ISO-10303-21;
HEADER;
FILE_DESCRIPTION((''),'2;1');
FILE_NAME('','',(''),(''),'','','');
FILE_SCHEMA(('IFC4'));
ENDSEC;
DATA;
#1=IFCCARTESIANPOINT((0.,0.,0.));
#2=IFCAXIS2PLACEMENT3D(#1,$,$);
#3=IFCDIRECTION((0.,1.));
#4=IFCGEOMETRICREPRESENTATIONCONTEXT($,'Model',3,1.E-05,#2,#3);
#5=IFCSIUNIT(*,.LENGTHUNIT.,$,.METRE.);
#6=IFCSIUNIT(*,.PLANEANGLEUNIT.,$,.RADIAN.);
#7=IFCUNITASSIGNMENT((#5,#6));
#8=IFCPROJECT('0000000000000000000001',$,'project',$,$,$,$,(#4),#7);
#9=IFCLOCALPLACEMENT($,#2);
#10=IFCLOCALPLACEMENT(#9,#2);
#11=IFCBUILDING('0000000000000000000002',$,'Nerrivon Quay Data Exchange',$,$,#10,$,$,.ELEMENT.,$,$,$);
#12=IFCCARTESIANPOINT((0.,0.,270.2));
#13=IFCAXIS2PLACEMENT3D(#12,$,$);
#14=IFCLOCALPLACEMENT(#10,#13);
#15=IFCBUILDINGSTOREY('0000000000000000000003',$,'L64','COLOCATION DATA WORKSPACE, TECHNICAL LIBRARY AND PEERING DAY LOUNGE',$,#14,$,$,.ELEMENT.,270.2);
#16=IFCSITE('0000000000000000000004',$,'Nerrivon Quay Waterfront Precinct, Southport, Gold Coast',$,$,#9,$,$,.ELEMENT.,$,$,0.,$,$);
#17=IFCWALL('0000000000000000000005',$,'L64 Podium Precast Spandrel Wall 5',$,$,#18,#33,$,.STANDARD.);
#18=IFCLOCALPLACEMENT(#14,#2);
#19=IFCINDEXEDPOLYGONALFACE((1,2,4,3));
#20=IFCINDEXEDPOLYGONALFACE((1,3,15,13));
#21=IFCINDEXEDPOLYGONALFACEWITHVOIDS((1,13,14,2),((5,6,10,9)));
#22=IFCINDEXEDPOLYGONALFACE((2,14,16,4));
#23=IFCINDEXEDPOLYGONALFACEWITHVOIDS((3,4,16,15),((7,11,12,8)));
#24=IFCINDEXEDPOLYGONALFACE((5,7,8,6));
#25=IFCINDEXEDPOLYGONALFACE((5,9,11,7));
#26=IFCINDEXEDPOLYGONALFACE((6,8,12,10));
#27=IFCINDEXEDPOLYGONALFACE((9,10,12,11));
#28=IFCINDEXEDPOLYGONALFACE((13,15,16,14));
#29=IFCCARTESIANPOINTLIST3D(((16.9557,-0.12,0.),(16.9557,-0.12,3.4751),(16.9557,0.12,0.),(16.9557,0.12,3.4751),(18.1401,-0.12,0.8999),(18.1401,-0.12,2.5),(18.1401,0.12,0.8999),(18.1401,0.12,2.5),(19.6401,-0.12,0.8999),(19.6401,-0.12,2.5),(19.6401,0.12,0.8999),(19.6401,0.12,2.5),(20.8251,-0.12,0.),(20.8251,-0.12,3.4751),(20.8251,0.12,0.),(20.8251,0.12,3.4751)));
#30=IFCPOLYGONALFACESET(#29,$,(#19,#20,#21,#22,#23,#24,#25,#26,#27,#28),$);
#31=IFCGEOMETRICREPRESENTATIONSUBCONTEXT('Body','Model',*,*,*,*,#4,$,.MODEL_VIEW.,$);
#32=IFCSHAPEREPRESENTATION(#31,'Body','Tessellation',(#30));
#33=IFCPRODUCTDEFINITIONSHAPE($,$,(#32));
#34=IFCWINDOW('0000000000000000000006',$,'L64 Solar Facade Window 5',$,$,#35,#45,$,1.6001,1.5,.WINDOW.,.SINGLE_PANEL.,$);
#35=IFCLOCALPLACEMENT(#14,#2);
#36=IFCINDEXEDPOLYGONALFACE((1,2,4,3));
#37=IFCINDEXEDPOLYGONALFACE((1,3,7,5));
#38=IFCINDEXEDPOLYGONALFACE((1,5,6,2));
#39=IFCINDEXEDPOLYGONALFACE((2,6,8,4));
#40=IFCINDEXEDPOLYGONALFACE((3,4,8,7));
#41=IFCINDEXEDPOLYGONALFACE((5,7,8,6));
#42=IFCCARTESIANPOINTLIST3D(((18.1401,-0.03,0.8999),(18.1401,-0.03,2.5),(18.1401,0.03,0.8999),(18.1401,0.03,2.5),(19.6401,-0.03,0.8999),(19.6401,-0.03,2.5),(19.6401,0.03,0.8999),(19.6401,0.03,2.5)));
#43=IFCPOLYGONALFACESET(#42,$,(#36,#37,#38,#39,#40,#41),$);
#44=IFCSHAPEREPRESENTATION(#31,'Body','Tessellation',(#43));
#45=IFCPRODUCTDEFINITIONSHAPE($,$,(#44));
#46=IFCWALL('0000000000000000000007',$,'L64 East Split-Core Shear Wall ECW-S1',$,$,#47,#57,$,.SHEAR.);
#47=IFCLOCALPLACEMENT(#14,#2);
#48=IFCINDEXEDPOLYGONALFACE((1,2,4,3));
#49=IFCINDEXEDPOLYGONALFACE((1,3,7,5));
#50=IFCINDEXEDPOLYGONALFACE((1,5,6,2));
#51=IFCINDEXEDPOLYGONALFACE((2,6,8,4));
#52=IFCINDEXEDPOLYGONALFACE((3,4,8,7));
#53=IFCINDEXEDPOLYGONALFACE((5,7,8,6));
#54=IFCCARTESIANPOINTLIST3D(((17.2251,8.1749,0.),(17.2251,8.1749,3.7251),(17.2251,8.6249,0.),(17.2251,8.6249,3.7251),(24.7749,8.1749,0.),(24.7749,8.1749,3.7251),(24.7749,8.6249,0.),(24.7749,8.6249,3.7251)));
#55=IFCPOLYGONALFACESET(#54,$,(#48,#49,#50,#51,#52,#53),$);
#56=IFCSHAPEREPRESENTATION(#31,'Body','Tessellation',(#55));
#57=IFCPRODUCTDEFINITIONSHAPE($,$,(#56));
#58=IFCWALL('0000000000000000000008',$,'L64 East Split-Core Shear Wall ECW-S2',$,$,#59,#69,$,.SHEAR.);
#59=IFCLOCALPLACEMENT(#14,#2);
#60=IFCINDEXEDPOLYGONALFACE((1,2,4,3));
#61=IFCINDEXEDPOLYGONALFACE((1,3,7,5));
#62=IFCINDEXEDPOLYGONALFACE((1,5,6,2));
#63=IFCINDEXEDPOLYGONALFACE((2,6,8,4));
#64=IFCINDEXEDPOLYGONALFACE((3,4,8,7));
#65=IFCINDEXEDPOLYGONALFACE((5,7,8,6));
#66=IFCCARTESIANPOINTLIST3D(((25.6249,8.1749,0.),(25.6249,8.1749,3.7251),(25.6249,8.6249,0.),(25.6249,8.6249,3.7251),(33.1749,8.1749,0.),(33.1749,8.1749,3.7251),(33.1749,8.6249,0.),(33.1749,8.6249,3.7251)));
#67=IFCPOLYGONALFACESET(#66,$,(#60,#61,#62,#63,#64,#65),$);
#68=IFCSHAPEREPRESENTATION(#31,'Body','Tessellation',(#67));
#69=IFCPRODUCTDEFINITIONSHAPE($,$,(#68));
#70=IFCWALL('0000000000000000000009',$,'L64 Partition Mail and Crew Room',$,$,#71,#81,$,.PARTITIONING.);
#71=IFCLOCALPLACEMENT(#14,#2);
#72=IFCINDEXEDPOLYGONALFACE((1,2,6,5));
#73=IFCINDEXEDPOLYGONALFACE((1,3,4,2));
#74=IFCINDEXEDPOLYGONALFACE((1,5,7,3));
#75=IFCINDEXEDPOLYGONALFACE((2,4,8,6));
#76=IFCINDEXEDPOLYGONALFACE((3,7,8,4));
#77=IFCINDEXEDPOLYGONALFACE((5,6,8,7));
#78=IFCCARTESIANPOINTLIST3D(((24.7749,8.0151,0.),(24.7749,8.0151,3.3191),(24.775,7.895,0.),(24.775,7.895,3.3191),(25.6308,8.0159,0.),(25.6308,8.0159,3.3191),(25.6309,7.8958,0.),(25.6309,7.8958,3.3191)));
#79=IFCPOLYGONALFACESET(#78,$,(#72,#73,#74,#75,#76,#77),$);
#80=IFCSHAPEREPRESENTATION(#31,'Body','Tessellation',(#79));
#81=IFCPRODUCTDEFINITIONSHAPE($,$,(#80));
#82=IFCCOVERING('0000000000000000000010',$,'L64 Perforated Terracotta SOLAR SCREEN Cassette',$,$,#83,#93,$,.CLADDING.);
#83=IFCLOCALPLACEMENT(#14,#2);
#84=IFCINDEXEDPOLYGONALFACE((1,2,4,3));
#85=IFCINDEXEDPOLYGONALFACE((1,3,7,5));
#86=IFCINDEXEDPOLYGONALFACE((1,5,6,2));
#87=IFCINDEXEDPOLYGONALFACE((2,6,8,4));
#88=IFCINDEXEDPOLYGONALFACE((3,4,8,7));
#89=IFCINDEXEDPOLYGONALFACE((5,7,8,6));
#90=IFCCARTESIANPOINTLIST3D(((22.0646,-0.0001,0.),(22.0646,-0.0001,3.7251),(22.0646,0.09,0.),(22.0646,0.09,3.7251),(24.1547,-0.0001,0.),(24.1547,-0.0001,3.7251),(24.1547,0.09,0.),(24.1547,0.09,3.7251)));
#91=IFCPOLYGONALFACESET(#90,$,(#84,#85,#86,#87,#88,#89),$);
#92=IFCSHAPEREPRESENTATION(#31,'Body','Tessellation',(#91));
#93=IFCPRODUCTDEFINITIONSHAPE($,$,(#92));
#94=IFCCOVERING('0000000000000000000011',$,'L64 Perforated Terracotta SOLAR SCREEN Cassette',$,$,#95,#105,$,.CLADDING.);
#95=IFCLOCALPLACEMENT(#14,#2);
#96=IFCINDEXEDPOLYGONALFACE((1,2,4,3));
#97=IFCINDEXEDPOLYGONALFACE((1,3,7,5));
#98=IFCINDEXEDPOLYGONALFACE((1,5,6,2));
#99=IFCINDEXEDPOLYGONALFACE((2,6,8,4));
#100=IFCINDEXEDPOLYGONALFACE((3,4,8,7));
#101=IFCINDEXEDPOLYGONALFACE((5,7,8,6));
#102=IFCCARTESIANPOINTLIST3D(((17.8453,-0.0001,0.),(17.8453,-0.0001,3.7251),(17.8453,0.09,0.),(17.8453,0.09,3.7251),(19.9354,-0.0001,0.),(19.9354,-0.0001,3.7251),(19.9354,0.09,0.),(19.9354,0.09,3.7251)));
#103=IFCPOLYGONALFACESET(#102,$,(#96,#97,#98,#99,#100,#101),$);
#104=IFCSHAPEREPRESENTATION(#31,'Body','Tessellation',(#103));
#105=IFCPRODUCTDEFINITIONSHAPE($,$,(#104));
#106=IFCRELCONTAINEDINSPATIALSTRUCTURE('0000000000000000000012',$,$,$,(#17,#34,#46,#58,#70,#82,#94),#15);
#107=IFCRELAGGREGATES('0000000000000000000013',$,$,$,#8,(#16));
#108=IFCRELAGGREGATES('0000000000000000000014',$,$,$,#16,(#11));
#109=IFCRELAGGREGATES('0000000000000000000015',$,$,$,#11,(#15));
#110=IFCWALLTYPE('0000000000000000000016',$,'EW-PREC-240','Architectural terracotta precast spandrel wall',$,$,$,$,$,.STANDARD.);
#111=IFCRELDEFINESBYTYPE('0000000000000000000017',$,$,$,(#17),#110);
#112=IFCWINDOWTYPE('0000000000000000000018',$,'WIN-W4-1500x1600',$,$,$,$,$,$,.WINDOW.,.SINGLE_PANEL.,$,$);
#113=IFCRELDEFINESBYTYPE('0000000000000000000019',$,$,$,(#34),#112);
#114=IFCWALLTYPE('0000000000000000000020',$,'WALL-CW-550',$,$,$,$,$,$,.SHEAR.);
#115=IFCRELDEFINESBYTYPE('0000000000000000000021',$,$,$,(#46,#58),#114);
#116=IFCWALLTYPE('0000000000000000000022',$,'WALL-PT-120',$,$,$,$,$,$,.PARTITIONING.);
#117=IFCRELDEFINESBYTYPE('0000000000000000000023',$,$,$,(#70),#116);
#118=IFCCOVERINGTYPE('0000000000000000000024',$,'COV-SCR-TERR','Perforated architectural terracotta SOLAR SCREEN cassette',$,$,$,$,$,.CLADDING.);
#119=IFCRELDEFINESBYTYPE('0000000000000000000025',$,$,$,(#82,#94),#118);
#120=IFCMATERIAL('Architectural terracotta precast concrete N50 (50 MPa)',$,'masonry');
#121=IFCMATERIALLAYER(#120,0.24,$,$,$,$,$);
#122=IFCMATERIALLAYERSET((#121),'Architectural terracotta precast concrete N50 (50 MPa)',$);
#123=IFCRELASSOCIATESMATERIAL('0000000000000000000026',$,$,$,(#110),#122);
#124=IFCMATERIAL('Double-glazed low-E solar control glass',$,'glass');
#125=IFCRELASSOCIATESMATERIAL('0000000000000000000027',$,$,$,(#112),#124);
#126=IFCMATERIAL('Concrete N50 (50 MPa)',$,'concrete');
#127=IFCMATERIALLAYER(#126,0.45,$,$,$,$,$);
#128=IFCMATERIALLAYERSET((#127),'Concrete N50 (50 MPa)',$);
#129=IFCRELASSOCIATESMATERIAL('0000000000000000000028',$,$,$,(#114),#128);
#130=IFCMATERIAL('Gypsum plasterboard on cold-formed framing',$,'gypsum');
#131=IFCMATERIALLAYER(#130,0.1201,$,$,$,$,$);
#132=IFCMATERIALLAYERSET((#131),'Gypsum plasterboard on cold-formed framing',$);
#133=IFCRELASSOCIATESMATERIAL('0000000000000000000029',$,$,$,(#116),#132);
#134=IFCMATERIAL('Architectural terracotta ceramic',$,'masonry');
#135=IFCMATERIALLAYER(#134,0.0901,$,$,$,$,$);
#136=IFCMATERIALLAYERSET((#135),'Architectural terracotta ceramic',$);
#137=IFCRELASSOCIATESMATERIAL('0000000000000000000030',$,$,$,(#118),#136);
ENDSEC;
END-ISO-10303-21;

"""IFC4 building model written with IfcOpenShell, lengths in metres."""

from ifc_helpers import new_model, si_unit, direction, frame, frame_2d, origin, origin_2d, place, context, subcontext, project, spatial, rectangle, extrude, material, layer, layer_set, type_object, element, fill, save


model = new_model("IFC4")

# Units and contexts
model_context = context("Model", 3, precision=1e-05, world=origin(), true_north=direction((0.0, 1.0)))
body_context = subcontext(model_context, "Body", "Model", "MODEL_VIEW")
ifc_project = project(units=[si_unit("LENGTHUNIT", "METRE"), si_unit("PLANEANGLEUNIT", "RADIAN")], contexts=[model_context])

# Site, building, storey
site_placement = place(None, origin())
site = spatial("IfcSite", under=ifc_project, at=site_placement, Name="Nerrivon Quay Waterfront Precinct, Southport, Gold Coast", CompositionType="ELEMENT", RefElevation=0.0)
building_placement = place(site_placement, origin())
building = spatial("IfcBuilding", under=site, at=building_placement, Name="Nerrivon Quay Data Exchange", CompositionType="ELEMENT")
storey_placement = place(building_placement, frame((0.0, 0.0, 270.2)))
storey = spatial("IfcBuildingStorey", under=building, at=storey_placement, Name="L64", Description="COLOCATION DATA WORKSPACE, TECHNICAL LIBRARY AND PEERING DAY LOUNGE", CompositionType="ELEMENT", Elevation=270.2)

# Shared definitions
ifc_material_1 = material(Name="Concrete N50 (50 MPa)", Category="concrete")

# Shared definitions
ifc_material_2 = material(Name="Double-glazed low-E solar control glass", Category="glass")

# Wall, opening, window
ifc_material_3 = material(Name="Architectural terracotta precast concrete N50 (50 MPa)", Category="masonry")
ifc_layer_1 = layer(ifc_material_3, 0.24)
ifc_layer_set_1 = layer_set([ifc_layer_1], Name="Architectural terracotta precast concrete N50 (50 MPa)")
wall_type_1 = type_object("IfcWallType", Name="EW-PREC-240", Description="Architectural terracotta precast spandrel wall", PredefinedType="STANDARD", material=ifc_layer_set_1)
wall_1_placement = place(storey_placement, frame((20.825, 0.0, 0.0), z_axis=(0.0, 0.0, 1.0), x_axis=(-1.0, 0.0, 0.0)))
wall_1 = element("IfcWall", 1, at=wall_1_placement, inside=storey, type_object=wall_type_1, Name="L64 Podium Precast Spandrel Wall 5", PredefinedType="STANDARD", context=body_context, shape_type="SweptSolid", body=[
    extrude(rectangle(XDim=3.8694, YDim=0.24, at=frame_2d((1.9346, 0.0))), origin(), (0.0, 0.0, 1.0), 3.4751),
])
opening_1_placement = place(wall_1_placement, frame((1.1848, 0.0, 0.8999)))
opening_1 = element("IfcOpeningElement", 2, at=opening_1_placement, cuts=wall_1, PredefinedType="OPENING", context=body_context, shape_type="SweptSolid", body=[
    extrude(rectangle(XDim=1.5, YDim=1.6001, at=frame_2d((0.75, 0.8))), frame((0.0, 0.1299, 0.0), z_axis=(0.0, -1.0, 0.0), x_axis=(1.0, 0.0, 0.0)), (0.0, 0.0, 1.0), 0.26),
])
window_type = type_object("IfcWindowType", Name="WIN-W4-1500x1600", PartitioningType="SINGLE_PANEL", PredefinedType="WINDOW", material=ifc_material_2)
window_placement = place(opening_1_placement, origin())
window = element("IfcWindow", 3, at=window_placement, inside=storey, type_object=window_type, Name="L64 Solar Facade Window 5", OverallHeight=1.6001, OverallWidth=1.5, PartitioningType="SINGLE_PANEL", PredefinedType="WINDOW", context=body_context, shape_type="SweptSolid", body=[
    extrude(rectangle(XDim=1.5, YDim=1.6001, at=frame_2d((0.75, 0.8))), frame((0.0, 0.03, 0.0), z_axis=(0.0, -1.0, 0.0), x_axis=(1.0, 0.0, 0.0)), (0.0, 0.0, 1.0), 0.0601),
])
fill(opening_1, window)

# Walls
ifc_layer_2 = layer(ifc_material_1, 0.45)
ifc_layer_set_2 = layer_set([ifc_layer_2], Name="Concrete N50 (50 MPa)")
wall_type_2 = type_object("IfcWallType", Name="WALL-CW-550", PredefinedType="SHEAR", material=ifc_layer_set_2)
wall_2_placement = place(storey_placement, frame((17.2251, 8.3999, 0.0), z_axis=(0.0, 0.0, 1.0), x_axis=(1.0, 0.0, 0.0)))
element("IfcWall", 4, at=wall_2_placement, inside=storey, type_object=wall_type_2, Name="L64 East Split-Core Shear Wall ECW-S1", PredefinedType="SHEAR", context=body_context, shape_type="SweptSolid", body=[
    extrude(rectangle(XDim=7.5498, YDim=0.45, at=frame_2d((3.7749, 0.0))), origin(), (0.0, 0.0, 1.0), 3.7251),
])
wall_3_placement = place(storey_placement, frame((25.625, 8.3999, 0.0), z_axis=(0.0, 0.0, 1.0), x_axis=(1.0, 0.0, 0.0)))
element("IfcWall", 5, at=wall_3_placement, inside=storey, type_object=wall_type_2, Name="L64 East Split-Core Shear Wall ECW-S2", PredefinedType="SHEAR", context=body_context, shape_type="SweptSolid", body=[
    extrude(rectangle(XDim=7.55, YDim=0.45, at=frame_2d((3.7749, 0.0))), origin(), (0.0, 0.0, 1.0), 3.7251),
])
ifc_material_4 = material(Name="Gypsum plasterboard on cold-formed framing", Category="gypsum")
ifc_layer_3 = layer(ifc_material_4, 0.1201)
ifc_layer_set_3 = layer_set([ifc_layer_3], Name="Gypsum plasterboard on cold-formed framing")
wall_type_3 = type_object("IfcWallType", Name="WALL-PT-120", PredefinedType="PARTITIONING", material=ifc_layer_set_3)
wall_4_placement = place(storey_placement, frame((25.6309, 7.9558, 0.0), z_axis=(0.0, 0.0, 1.0), x_axis=(-1.0, -0.000856, 0.0)))
element("IfcWall", 6, at=wall_4_placement, inside=storey, type_object=wall_type_3, Name="L64 Partition Mail and Crew Room", PredefinedType="PARTITIONING", context=body_context, shape_type="SweptSolid", body=[
    extrude(rectangle(XDim=0.856, YDim=0.1201, at=frame_2d((0.428, 0.0))), origin(), (0.0, 0.0, 1.0), 3.3191),
])

# Coverings
ifc_material_5 = material(Name="Architectural terracotta ceramic", Category="masonry")
ifc_layer_4 = layer(ifc_material_5, 0.0901)
ifc_layer_set_4 = layer_set([ifc_layer_4], Name="Architectural terracotta ceramic")
covering_type = type_object("IfcCoveringType", Name="COV-SCR-TERR", Description="Perforated architectural terracotta SOLAR SCREEN cassette", PredefinedType="CLADDING", material=ifc_layer_set_4)
for number, where, z_axis, x_axis, name in (
    (7, (23.1096, 0.0449, 0.0), (0.0, 0.0, 1.0), (-1.0, 0.0, 0.0), "L64 Perforated Terracotta SOLAR SCREEN Cassette"),
    (8, (18.8904, 0.0449, 0.0), (0.0, 0.0, 1.0), (-1.0, 0.0, 0.0), "L64 Perforated Terracotta SOLAR SCREEN Cassette"),
):
    element("IfcCovering", number, at=place(storey_placement, frame(where, z_axis=z_axis, x_axis=x_axis)), inside=storey, type_object=covering_type, Name=name, PredefinedType="CLADDING", context=body_context, shape_type="SweptSolid", body=[
        extrude(rectangle(XDim=2.0901, YDim=0.0901, at=origin_2d()), origin(), (0.0, 0.0, 1.0), 3.7251),
    ])

save(model, "model.ifc")
